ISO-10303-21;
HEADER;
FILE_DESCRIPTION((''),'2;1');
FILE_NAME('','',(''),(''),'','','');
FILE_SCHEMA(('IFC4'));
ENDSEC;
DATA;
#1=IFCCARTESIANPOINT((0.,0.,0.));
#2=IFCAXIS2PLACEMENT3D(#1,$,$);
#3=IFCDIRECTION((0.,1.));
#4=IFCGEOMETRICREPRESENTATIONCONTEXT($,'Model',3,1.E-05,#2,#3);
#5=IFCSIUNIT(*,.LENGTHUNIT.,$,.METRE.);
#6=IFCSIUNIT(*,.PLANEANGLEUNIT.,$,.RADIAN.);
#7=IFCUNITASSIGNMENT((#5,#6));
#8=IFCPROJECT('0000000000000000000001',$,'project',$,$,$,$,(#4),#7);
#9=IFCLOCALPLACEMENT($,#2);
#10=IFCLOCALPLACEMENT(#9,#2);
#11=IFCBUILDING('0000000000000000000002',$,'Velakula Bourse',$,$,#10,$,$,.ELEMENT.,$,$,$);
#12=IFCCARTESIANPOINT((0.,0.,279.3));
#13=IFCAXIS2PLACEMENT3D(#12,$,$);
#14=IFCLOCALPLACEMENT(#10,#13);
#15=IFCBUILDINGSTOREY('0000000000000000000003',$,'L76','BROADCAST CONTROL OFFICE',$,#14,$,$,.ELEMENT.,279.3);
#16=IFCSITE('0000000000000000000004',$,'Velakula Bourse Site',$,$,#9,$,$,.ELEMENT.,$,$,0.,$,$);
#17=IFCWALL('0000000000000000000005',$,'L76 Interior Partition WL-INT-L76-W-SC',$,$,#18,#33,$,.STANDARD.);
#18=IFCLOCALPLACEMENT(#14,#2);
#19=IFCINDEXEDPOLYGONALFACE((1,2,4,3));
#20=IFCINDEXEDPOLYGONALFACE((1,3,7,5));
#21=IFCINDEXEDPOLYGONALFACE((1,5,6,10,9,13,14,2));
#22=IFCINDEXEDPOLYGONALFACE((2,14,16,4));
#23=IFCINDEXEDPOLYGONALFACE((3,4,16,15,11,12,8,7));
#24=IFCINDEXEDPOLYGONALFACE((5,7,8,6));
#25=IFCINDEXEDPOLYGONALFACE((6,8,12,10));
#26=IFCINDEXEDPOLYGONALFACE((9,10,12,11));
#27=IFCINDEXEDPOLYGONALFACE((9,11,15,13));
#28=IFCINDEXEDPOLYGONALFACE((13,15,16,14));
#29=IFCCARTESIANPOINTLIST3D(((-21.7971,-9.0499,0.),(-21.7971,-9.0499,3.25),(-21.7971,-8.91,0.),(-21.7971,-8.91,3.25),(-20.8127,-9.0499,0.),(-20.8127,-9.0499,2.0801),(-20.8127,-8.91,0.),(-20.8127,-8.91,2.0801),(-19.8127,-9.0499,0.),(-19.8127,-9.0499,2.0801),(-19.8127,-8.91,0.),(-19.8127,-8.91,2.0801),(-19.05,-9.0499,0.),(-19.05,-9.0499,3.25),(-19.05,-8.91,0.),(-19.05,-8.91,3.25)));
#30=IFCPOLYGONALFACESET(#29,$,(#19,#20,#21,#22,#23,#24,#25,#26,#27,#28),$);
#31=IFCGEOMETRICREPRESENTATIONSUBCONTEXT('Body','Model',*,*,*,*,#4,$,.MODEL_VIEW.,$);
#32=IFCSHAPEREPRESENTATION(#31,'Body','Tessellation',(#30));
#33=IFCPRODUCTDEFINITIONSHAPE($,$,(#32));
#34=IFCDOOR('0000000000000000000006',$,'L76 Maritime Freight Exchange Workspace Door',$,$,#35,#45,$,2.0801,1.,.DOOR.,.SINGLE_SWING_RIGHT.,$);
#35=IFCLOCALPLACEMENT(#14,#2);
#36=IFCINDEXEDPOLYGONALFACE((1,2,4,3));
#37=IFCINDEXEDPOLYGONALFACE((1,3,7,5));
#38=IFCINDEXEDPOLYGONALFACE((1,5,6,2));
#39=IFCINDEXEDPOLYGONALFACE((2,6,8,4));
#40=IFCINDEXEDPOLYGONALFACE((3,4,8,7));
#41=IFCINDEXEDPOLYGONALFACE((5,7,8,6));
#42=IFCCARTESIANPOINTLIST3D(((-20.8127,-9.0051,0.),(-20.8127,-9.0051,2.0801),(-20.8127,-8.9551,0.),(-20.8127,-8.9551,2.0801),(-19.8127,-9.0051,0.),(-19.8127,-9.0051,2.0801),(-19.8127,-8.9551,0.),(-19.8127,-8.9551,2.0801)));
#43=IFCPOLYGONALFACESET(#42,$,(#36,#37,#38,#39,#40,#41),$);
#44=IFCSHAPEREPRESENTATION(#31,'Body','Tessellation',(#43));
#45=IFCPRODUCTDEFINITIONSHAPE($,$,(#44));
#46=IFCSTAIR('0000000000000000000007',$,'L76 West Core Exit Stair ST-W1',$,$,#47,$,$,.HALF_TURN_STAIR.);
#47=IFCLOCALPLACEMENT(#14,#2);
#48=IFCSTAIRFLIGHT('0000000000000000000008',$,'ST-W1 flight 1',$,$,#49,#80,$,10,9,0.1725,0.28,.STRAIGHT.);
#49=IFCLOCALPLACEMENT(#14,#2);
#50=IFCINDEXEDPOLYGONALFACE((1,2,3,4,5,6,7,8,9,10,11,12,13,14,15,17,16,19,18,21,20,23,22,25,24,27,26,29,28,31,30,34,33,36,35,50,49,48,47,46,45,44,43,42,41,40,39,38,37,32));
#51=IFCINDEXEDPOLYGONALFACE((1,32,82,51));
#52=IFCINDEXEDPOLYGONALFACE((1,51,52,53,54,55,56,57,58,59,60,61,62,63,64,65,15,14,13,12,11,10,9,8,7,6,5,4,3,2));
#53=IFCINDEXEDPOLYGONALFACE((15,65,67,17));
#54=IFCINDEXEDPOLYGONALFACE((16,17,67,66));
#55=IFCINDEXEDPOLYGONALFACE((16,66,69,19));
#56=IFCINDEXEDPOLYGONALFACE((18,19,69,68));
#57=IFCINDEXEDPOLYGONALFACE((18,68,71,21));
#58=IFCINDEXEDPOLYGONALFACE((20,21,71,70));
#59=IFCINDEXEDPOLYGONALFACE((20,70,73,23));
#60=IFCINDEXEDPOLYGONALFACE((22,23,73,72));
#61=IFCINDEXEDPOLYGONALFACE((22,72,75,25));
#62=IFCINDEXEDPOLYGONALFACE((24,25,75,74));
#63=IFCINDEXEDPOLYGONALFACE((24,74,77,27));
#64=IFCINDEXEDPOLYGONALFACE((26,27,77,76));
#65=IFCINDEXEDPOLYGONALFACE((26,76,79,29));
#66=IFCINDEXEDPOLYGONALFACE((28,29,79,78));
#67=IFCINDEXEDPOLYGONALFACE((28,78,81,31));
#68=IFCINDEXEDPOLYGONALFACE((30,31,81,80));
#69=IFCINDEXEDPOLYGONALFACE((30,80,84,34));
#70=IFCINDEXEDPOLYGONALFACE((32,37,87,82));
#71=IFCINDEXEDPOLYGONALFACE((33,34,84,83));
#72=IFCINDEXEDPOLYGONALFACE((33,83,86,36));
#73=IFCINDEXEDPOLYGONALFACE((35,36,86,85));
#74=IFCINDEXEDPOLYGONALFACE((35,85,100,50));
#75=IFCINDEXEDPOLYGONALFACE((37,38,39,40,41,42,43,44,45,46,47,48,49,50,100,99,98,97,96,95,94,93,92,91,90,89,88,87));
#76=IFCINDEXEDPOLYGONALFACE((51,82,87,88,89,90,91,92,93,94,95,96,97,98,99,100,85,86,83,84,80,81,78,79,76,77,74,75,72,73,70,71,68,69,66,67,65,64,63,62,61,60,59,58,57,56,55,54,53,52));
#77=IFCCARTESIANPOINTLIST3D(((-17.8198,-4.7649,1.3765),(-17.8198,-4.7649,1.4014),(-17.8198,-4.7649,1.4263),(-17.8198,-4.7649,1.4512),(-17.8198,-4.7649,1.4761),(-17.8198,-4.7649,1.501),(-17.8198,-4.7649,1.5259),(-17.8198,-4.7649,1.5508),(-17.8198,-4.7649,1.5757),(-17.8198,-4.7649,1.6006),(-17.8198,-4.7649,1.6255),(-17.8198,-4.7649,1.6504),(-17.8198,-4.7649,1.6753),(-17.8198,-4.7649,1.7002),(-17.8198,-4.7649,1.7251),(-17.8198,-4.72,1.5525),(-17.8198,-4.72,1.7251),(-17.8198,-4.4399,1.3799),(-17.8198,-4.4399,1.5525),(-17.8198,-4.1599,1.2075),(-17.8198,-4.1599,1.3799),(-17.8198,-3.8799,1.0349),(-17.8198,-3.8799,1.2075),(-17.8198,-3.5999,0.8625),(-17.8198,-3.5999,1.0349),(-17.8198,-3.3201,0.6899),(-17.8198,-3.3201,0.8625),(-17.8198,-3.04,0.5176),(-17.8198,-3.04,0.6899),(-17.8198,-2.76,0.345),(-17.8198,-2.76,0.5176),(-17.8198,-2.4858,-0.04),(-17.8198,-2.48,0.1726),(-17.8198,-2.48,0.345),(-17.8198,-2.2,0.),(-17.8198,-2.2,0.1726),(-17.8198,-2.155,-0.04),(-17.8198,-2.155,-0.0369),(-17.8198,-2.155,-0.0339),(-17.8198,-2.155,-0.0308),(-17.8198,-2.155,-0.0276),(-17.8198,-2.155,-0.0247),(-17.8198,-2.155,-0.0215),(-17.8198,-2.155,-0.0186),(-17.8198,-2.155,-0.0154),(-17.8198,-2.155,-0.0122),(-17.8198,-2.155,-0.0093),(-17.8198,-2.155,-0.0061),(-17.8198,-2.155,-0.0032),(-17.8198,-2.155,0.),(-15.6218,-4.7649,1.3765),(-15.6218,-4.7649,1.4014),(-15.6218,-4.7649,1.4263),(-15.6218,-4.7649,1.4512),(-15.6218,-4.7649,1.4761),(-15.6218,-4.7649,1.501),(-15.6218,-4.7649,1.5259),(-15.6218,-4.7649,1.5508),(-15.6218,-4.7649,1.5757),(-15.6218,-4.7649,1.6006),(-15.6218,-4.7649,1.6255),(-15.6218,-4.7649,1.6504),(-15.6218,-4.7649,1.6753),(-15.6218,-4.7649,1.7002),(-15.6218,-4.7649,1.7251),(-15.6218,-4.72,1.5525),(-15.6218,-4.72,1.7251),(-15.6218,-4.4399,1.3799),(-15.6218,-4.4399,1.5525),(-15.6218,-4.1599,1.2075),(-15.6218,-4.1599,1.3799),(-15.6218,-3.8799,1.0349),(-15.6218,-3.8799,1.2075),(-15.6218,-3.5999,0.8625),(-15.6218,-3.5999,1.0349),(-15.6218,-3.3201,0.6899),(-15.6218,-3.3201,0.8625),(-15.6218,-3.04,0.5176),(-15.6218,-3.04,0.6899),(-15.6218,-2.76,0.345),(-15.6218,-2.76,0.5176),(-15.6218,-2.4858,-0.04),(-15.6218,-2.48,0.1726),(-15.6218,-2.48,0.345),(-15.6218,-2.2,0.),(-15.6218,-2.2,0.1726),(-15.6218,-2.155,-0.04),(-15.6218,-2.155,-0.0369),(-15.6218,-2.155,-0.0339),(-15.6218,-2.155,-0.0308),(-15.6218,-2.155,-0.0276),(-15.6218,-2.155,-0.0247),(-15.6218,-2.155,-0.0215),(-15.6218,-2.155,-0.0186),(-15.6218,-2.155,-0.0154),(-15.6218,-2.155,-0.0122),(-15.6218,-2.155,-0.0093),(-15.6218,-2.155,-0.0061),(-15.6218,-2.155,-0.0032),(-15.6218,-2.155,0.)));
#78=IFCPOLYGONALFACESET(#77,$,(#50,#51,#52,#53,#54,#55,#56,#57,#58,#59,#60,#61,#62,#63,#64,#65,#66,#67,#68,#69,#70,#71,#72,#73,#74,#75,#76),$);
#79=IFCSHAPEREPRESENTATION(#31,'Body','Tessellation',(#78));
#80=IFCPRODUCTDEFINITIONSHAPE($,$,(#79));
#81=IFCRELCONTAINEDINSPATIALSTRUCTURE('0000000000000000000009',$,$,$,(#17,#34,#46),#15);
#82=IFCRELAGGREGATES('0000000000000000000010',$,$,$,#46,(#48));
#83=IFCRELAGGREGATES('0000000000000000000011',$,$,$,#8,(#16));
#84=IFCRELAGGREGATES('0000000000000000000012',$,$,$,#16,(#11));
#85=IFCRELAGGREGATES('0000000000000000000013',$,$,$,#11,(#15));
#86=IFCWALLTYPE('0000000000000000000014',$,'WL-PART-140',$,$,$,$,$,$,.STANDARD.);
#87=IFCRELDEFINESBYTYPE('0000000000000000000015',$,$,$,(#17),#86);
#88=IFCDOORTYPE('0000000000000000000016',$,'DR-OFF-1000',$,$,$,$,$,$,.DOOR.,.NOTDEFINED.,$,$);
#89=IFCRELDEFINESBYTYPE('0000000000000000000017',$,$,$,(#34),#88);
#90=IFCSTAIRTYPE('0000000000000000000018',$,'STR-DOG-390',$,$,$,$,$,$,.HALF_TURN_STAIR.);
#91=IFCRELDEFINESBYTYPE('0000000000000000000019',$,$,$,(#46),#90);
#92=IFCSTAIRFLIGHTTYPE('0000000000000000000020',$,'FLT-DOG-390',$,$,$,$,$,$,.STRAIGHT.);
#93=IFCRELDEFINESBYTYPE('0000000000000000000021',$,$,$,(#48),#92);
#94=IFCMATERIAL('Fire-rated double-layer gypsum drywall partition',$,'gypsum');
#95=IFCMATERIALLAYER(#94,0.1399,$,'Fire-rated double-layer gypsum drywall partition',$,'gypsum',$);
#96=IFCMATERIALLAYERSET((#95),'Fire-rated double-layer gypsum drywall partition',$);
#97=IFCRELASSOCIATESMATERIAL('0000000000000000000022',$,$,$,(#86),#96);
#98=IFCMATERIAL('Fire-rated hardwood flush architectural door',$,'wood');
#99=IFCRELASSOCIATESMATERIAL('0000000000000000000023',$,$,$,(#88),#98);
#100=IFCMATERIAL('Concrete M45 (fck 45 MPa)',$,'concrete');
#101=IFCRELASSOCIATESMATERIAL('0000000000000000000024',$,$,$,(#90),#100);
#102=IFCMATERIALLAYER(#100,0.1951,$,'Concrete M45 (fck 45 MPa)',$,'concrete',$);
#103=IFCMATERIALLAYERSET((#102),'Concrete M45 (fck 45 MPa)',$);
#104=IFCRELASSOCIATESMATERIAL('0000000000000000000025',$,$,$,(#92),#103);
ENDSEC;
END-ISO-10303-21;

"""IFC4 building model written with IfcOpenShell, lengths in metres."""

from ifc_helpers import new_model, si_unit, direction, frame, frame_2d, origin, place, context, subcontext, project, spatial, polyline, rectangle, outline, extrude, material, layer, layer_set, type_object, element, fill, aggregate, save


model = new_model("IFC4")

# Units and contexts
model_context = context("Model", 3, precision=1e-05, world=origin(), true_north=direction((0.0, 1.0)))
body_context = subcontext(model_context, "Body", "Model", "MODEL_VIEW")
ifc_project = project(units=[si_unit("LENGTHUNIT", "METRE"), si_unit("PLANEANGLEUNIT", "RADIAN")], contexts=[model_context])

# Site, building, storey
site_placement = place(None, origin())
site = spatial("IfcSite", under=ifc_project, at=site_placement, Name="Velakula Bourse Site", CompositionType="ELEMENT", RefElevation=0.0)
building_placement = place(site_placement, origin())
building = spatial("IfcBuilding", under=site, at=building_placement, Name="Velakula Bourse", CompositionType="ELEMENT")
storey_placement = place(building_placement, frame((0.0, 0.0, 279.3)))
storey = spatial("IfcBuildingStorey", under=building, at=storey_placement, Name="L76", Description="BROADCAST CONTROL OFFICE", CompositionType="ELEMENT", Elevation=279.3)

# Shared definitions
ifc_material_1 = material(Name="Fire-rated double-layer gypsum drywall partition", Category="gypsum")

# Wall, opening, door
ifc_layer_1 = layer(ifc_material_1, 0.1399, Name="Fire-rated double-layer gypsum drywall partition", Category="gypsum")
ifc_layer_set_1 = layer_set([ifc_layer_1], Name="Fire-rated double-layer gypsum drywall partition")
wall_type_1 = type_object("IfcWallType", Name="WL-PART-140", PredefinedType="STANDARD", material=ifc_layer_set_1)
wall_1_placement = place(storey_placement, frame((-21.7971, -8.98, 0.0), z_axis=(0.0, 0.0, 1.0), x_axis=(1.0, 0.0, 0.0)))
wall_1 = element("IfcWall", 1, at=wall_1_placement, inside=storey, type_object=wall_type_1, Name="L76 Interior Partition WL-INT-L76-W-SC", PredefinedType="STANDARD", context=body_context, shape_type="SweptSolid", body=[
    extrude(rectangle(XDim=2.7471, YDim=0.1399, at=frame_2d((1.3735, 0.0))), origin(), (0.0, 0.0, 1.0), 3.25),
])
opening_1_placement = place(wall_1_placement, frame((0.9844, 0.0, 0.0)))
opening_1 = element("IfcOpeningElement", 2, at=opening_1_placement, cuts=wall_1, PredefinedType="OPENING", context=body_context, shape_type="SweptSolid", body=[
    extrude(rectangle(XDim=1.0, YDim=2.0801, at=frame_2d((0.5, 1.04))), frame((0.0, 0.0798, 0.0), z_axis=(0.0, -1.0, 0.0), x_axis=(1.0, 0.0, 0.0)), (0.0, 0.0, 1.0), 0.1599),
])
ifc_material_2 = material(Name="Fire-rated hardwood flush architectural door", Category="wood")
door_type = type_object("IfcDoorType", Name="DR-OFF-1000", OperationType="NOTDEFINED", PredefinedType="DOOR", material=ifc_material_2)
door_placement = place(opening_1_placement, origin())
door = element("IfcDoor", 3, at=door_placement, inside=storey, type_object=door_type, Name="L76 Maritime Freight Exchange Workspace Door", OperationType="SINGLE_SWING_RIGHT", OverallHeight=2.0801, OverallWidth=1.0, PredefinedType="DOOR", context=body_context, shape_type="SweptSolid", body=[
    extrude(rectangle(XDim=1.0, YDim=2.0801, at=frame_2d((0.5, 1.04))), frame((0.0, 0.0249, 0.0), z_axis=(0.0, -1.0, 0.0), x_axis=(1.0, 0.0, 0.0)), (0.0, 0.0, 1.0), 0.05),
])
fill(opening_1, door)

# Stair, stair flight
ifc_material_3 = material(Name="Concrete M45 (fck 45 MPa)", Category="concrete")
stair_type = type_object("IfcStairType", Name="STR-DOG-390", PredefinedType="HALF_TURN_STAIR", material=ifc_material_3)
stair_placement = place(storey_placement, origin())
stair = element("IfcStair", 4, at=stair_placement, inside=storey, type_object=stair_type, Name="L76 West Core Exit Stair ST-W1", PredefinedType="HALF_TURN_STAIR")
ifc_layer_2 = layer(ifc_material_3, 0.1951, Name="Concrete M45 (fck 45 MPa)", Category="concrete")
ifc_layer_set_2 = layer_set([ifc_layer_2], Name="Concrete M45 (fck 45 MPa)")
stair_flight_type = type_object("IfcStairFlightType", Name="FLT-DOG-390", PredefinedType="STRAIGHT", material=ifc_layer_set_2)
stair_flight_placement = place(storey_placement, frame((-16.7209, -2.2, 0.0), z_axis=(0.0, 0.0, 1.0), x_axis=(0.0, -1.0, 0.0)))
stair_flight = element("IfcStairFlight", 5, at=stair_flight_placement, type_object=stair_flight_type, Name="ST-W1 flight 1", NumberOfRisers=10, NumberOfTreads=9, PredefinedType="STRAIGHT", RiserHeight=0.1725, TreadLength=0.28, context=body_context, shape_type="SweptSolid", body=[
    extrude(outline(polyline([(-0.0449, -0.04), (-0.0449, -0.0369), (-0.0449, -0.0339), (-0.0449, -0.0308), (-0.0449, -0.0276), (-0.0449, -0.0247), (-0.0449, -0.0215), (-0.0449, -0.0186), (-0.0449, -0.0154), (-0.0449, -0.0122), (-0.0449, -0.0093), (-0.0449, -0.0061), (-0.0449, -0.0032), (-0.0449, 0.0), (0.0, 0.0), (0.0, 0.1726), (0.28, 0.1726), (0.28, 0.345), (0.5601, 0.345), (0.5601, 0.5176), (0.8401, 0.5176), (0.8401, 0.6899), (1.1201, 0.6899), (1.1201, 0.8625), (1.3999, 0.8625), (1.3999, 1.0349), (1.6799, 1.0349), (1.6799, 1.2075), (1.96, 1.2075), (1.96, 1.3799), (2.24, 1.3799), (2.24, 1.5525), (2.52, 1.5525), (2.52, 1.7251), (2.5649, 1.7251), (2.5649, 1.7002), (2.5649, 1.6753), (2.5649, 1.6504), (2.5649, 1.6255), (2.5649, 1.6006), (2.5649, 1.5757), (2.5649, 1.5508), (2.5649, 1.5259), (2.5649, 1.501), (2.5649, 1.4761), (2.5649, 1.4512), (2.5649, 1.4263), (2.5649, 1.4014), (2.5649, 1.3765), (0.2859, -0.04), (-0.0449, -0.04)])), frame((0.0, 1.0991, 0.0), z_axis=(0.0, -1.0, 0.0), x_axis=(1.0, 0.0, 0.0)), (0.0, 0.0, 1.0), 2.198),
])
aggregate(stair, [stair_flight])

save(model, "model.ifc")
